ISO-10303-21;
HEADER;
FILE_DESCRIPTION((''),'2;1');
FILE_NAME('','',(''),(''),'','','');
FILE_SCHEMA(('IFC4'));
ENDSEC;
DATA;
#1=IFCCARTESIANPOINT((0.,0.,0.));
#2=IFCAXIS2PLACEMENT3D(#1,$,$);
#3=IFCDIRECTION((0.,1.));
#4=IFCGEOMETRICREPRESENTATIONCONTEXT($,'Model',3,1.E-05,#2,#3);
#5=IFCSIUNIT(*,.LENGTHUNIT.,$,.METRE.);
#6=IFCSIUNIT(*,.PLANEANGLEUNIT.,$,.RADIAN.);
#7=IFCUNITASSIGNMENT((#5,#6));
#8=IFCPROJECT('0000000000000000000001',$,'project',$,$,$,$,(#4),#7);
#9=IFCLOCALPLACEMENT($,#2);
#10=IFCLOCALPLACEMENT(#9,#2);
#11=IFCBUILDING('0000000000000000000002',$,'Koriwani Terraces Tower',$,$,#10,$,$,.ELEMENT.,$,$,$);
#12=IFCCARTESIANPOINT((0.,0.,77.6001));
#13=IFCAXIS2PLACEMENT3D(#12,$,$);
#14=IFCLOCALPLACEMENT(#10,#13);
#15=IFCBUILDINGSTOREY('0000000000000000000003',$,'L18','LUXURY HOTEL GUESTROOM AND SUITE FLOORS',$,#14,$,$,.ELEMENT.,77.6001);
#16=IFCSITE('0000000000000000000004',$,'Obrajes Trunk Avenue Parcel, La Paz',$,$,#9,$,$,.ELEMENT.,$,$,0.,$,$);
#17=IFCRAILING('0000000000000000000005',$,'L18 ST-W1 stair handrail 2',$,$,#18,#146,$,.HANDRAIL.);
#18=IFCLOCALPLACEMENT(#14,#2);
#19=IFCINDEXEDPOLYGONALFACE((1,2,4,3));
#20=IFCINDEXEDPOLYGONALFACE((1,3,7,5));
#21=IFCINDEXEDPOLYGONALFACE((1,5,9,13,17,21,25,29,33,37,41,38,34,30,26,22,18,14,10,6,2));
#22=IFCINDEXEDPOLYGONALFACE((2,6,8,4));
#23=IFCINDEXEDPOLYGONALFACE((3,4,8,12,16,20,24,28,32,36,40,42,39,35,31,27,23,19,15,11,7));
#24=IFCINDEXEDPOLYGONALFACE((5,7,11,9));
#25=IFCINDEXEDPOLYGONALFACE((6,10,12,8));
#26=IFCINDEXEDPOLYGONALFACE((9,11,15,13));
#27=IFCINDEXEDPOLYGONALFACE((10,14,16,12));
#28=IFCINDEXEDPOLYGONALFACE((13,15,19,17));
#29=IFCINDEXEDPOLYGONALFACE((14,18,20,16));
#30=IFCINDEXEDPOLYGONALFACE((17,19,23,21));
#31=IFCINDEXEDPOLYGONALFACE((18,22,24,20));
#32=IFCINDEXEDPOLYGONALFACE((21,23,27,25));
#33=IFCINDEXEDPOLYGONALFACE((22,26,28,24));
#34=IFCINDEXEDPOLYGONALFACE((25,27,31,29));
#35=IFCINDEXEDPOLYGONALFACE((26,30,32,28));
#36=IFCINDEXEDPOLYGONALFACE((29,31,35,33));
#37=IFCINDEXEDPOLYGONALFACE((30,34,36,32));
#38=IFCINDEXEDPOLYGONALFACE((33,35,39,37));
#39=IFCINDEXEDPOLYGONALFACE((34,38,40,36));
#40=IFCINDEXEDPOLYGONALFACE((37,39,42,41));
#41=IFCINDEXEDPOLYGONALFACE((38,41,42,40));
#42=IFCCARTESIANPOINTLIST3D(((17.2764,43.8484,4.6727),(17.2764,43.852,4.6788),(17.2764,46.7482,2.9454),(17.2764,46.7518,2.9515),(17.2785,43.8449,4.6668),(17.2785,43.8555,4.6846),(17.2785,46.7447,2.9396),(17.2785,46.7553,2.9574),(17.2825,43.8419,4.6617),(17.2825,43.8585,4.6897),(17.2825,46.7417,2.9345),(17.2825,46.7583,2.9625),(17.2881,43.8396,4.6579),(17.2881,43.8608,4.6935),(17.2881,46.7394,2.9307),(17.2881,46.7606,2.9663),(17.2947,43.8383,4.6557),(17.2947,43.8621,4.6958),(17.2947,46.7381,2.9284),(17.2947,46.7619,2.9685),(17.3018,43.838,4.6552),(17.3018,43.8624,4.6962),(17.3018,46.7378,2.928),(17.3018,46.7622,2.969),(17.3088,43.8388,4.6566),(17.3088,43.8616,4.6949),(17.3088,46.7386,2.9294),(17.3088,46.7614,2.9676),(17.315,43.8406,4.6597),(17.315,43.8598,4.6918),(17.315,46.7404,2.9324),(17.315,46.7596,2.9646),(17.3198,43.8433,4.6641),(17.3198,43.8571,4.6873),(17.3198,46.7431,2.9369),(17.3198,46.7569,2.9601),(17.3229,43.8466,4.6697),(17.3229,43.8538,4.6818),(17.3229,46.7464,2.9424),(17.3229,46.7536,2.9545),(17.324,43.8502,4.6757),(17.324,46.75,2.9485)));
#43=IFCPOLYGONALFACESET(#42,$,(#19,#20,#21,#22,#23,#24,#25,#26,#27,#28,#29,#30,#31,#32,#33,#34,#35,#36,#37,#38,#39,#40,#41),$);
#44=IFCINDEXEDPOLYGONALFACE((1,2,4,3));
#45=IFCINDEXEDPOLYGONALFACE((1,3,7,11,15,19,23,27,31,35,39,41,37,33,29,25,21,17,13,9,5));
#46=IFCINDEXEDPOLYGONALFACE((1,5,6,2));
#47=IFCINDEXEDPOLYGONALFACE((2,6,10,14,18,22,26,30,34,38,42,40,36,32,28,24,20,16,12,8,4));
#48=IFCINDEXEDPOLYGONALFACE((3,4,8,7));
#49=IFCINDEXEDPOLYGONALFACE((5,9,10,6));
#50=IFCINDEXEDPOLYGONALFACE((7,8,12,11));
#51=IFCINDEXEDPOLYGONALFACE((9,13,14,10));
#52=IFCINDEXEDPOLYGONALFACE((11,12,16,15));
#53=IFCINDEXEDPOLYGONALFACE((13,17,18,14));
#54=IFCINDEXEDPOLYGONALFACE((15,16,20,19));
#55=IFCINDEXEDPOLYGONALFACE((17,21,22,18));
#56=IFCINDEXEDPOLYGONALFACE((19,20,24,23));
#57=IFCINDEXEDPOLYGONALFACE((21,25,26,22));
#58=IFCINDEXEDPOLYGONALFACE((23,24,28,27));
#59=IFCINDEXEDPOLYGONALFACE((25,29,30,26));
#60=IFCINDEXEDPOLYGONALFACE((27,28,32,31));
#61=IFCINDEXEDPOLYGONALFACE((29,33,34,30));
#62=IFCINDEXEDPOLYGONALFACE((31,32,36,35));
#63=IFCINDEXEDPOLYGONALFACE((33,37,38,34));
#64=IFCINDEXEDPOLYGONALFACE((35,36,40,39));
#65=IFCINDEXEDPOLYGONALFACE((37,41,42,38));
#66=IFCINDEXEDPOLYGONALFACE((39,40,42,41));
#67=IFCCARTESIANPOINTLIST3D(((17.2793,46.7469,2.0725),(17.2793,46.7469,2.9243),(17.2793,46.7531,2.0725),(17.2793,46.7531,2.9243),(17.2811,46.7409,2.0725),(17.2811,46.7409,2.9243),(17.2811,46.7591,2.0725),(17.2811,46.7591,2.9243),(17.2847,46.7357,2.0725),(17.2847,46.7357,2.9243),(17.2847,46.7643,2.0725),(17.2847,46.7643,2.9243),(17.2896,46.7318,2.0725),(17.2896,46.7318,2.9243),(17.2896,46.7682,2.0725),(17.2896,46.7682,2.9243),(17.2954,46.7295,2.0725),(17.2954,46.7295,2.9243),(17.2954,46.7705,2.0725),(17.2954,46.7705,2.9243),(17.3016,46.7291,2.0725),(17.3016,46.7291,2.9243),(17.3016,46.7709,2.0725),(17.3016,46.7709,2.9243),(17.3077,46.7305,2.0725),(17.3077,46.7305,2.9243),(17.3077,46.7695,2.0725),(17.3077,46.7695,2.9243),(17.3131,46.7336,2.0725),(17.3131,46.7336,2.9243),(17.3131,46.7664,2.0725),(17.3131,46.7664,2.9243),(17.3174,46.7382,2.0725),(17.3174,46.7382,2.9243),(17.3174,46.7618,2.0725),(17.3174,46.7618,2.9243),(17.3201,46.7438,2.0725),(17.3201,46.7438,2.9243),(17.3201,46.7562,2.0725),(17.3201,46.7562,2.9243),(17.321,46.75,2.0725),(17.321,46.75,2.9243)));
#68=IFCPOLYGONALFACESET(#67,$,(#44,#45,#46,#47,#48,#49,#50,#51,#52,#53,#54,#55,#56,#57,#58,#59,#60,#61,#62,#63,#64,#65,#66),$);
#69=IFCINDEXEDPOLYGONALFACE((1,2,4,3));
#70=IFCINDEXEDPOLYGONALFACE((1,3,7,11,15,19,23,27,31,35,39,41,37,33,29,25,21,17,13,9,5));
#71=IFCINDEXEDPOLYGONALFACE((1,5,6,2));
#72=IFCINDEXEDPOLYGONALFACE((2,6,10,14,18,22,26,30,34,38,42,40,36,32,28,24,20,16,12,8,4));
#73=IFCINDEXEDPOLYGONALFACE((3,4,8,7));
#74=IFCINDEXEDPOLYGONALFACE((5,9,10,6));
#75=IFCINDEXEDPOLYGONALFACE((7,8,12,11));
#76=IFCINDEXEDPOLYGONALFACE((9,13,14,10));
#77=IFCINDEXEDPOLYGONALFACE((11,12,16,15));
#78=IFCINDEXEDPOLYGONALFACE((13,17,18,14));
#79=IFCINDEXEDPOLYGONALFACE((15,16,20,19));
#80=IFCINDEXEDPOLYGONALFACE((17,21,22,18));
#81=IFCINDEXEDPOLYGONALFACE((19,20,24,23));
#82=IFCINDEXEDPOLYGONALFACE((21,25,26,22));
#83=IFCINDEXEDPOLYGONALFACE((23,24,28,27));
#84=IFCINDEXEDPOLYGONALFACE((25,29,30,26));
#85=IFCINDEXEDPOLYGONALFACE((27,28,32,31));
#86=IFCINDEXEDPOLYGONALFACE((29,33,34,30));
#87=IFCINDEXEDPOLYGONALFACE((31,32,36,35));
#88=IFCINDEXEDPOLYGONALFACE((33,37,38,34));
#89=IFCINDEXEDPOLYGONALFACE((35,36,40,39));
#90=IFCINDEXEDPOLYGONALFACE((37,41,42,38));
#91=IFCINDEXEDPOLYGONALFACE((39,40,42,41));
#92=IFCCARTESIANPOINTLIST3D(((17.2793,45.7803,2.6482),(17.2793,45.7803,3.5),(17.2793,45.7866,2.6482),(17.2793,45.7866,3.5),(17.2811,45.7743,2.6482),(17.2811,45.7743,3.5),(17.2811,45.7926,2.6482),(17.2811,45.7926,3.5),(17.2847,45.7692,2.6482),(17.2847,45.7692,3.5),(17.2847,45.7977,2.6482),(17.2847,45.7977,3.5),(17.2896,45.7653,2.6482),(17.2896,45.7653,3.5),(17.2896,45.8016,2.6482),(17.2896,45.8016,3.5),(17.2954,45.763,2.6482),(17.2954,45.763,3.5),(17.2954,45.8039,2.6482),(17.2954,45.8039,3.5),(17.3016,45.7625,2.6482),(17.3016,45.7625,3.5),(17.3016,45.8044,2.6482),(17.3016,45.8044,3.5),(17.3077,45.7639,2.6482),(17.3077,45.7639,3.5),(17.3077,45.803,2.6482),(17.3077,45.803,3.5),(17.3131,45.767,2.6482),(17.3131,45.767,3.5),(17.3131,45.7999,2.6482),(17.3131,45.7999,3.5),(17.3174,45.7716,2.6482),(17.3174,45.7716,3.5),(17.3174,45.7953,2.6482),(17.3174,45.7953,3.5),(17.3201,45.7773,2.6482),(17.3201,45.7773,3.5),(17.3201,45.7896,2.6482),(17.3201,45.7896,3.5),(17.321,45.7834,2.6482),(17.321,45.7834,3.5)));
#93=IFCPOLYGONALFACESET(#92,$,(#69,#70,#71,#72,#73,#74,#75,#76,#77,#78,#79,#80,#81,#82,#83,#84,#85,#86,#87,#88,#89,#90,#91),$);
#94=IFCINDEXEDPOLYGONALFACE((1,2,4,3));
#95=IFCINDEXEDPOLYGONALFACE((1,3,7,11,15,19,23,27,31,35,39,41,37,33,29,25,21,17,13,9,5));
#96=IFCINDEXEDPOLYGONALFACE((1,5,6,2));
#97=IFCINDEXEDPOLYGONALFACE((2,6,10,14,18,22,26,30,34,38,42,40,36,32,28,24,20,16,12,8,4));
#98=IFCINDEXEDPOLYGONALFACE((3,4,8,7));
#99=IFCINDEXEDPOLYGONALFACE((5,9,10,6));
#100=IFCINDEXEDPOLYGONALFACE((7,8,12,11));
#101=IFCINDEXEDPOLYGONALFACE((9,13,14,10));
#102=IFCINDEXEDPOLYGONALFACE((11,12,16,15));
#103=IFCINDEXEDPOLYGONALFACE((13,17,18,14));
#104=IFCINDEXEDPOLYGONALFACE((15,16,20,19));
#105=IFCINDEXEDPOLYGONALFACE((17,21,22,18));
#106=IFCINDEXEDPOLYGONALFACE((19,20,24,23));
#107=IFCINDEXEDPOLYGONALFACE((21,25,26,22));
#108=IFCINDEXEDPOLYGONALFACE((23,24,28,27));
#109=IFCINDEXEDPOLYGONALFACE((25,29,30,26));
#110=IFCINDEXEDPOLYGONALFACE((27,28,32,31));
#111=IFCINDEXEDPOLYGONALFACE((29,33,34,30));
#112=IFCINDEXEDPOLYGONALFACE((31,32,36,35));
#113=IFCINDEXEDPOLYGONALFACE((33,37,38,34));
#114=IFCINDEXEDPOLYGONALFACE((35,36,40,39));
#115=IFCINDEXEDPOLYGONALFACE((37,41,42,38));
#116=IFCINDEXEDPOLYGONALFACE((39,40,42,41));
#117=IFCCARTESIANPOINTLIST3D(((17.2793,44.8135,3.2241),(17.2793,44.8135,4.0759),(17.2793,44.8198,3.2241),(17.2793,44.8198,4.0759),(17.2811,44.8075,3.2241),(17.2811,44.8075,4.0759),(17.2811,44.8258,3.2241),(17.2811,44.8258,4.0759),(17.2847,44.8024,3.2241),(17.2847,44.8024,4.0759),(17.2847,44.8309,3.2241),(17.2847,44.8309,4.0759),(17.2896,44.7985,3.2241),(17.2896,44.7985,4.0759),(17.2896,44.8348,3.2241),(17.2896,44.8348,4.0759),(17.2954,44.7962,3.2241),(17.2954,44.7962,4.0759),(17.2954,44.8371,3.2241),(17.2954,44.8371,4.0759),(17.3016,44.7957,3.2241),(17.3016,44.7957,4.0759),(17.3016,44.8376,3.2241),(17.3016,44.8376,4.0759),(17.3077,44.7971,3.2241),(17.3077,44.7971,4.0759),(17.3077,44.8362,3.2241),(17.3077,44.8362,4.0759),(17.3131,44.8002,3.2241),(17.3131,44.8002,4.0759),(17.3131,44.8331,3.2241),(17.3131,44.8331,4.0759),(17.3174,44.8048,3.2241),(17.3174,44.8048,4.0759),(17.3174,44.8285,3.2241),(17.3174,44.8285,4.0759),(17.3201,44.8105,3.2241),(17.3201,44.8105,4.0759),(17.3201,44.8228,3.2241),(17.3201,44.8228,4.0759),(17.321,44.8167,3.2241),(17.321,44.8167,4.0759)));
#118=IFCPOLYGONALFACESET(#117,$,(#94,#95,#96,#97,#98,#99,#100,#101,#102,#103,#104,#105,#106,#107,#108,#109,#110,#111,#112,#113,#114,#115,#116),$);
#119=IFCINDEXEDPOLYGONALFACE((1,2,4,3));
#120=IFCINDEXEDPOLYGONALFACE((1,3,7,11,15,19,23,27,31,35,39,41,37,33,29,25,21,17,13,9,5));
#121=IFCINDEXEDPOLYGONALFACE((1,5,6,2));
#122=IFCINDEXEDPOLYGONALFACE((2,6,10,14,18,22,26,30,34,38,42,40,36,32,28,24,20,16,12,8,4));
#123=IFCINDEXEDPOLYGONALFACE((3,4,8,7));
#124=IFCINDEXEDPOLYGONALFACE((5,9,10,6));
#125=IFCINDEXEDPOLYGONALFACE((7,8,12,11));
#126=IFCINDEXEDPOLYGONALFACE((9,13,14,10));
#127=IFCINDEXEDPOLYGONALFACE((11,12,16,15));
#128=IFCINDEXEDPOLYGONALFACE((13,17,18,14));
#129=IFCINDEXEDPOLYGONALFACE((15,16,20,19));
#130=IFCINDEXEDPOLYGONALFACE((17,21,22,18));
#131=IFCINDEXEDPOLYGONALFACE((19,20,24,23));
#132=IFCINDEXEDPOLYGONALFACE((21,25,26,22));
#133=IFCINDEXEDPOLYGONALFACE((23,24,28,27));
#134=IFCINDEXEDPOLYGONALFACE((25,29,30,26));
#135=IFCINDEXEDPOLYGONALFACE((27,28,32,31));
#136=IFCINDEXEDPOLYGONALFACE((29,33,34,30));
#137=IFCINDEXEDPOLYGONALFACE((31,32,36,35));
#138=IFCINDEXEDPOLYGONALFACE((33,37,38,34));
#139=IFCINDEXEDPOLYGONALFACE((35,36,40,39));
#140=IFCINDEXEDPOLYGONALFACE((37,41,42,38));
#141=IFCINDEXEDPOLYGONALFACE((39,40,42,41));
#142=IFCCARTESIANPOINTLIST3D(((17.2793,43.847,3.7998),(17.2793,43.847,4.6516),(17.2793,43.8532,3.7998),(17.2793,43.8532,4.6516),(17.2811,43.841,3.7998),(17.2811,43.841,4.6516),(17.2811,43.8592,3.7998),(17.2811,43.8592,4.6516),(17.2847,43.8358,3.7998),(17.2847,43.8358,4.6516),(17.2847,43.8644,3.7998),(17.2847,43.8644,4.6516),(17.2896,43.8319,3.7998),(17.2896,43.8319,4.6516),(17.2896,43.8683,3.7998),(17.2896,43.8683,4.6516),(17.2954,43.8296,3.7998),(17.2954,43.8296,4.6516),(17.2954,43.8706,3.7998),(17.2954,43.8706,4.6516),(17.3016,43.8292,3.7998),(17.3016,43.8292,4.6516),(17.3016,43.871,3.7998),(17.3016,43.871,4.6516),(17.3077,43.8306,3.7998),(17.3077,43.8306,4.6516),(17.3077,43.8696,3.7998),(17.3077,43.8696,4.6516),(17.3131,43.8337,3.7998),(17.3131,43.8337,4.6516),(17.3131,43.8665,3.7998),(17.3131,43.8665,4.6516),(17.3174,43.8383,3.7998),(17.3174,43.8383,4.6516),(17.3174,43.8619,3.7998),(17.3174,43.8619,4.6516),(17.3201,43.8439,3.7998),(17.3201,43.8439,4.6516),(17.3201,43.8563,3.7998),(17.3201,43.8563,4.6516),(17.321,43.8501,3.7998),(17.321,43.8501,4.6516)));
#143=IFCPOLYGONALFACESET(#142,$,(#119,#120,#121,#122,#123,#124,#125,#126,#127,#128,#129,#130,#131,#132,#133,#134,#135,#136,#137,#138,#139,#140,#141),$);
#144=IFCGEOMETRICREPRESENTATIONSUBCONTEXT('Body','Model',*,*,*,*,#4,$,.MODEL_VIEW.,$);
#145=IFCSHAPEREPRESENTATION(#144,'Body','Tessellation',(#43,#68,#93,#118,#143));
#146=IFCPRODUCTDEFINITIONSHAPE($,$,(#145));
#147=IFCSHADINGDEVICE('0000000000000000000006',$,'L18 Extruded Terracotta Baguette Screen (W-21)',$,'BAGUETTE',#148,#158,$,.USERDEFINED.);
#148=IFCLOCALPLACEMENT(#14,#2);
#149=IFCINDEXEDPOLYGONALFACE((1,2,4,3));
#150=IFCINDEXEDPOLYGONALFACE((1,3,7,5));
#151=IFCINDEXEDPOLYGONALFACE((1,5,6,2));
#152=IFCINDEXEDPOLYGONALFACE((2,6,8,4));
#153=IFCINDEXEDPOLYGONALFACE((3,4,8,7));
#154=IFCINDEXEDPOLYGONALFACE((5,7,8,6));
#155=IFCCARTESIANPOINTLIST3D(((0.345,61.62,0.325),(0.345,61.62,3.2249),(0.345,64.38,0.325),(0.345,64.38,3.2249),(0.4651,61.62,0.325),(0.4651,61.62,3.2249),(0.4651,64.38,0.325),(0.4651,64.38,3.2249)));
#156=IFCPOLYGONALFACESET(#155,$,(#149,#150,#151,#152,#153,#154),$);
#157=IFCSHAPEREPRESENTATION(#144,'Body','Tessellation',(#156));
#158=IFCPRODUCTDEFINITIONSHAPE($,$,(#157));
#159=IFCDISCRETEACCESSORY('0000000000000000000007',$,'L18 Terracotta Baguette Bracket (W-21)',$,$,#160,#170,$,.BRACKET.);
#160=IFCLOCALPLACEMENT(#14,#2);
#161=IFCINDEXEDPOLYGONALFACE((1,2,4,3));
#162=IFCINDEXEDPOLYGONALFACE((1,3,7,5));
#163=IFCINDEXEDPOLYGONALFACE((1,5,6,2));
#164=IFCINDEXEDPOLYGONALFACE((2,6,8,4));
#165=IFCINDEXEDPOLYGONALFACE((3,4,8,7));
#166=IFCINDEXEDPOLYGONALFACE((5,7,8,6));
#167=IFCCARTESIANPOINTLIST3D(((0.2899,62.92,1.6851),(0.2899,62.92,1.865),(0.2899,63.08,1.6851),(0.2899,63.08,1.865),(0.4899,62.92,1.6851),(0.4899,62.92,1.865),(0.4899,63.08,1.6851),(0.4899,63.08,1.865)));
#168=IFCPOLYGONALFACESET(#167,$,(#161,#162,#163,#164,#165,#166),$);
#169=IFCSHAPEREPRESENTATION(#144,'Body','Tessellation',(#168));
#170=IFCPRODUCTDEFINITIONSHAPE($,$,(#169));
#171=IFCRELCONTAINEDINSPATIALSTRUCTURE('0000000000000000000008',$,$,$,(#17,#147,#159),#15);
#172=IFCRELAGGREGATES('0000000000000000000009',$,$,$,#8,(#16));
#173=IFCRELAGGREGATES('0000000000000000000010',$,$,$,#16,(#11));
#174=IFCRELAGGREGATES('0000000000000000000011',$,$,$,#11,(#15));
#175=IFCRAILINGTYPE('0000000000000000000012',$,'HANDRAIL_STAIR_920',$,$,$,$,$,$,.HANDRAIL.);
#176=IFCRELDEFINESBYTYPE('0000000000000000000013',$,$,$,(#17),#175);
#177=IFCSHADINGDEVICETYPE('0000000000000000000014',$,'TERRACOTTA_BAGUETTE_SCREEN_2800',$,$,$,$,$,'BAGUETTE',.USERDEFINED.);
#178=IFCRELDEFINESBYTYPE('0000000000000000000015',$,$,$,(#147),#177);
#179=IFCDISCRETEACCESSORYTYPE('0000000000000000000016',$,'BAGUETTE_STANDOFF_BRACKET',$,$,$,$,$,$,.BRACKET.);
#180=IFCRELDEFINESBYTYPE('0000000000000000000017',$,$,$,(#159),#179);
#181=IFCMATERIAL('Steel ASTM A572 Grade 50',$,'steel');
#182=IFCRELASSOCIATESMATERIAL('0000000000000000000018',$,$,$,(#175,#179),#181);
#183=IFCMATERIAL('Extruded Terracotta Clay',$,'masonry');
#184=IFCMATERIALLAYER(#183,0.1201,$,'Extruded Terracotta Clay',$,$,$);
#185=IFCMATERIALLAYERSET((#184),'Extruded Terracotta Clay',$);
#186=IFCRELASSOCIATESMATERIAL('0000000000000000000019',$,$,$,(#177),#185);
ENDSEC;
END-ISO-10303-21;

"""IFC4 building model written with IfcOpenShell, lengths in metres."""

from ifc_helpers import new_model, si_unit, direction, frame, origin, origin_2d, place, context, subcontext, project, spatial, rectangle, circle, extrude, material, layer, layer_set, type_object, element, save


model = new_model("IFC4")

# Units and contexts
model_context = context("Model", 3, precision=1e-05, world=origin(), true_north=direction((0.0, 1.0)))
body_context = subcontext(model_context, "Body", "Model", "MODEL_VIEW")
ifc_project = project(units=[si_unit("LENGTHUNIT", "METRE"), si_unit("PLANEANGLEUNIT", "RADIAN")], contexts=[model_context])

# Site, building, storey
site_placement = place(None, origin())
site = spatial("IfcSite", under=ifc_project, at=site_placement, Name="Obrajes Trunk Avenue Parcel, La Paz", CompositionType="ELEMENT", RefElevation=0.0)
building_placement = place(site_placement, origin())
building = spatial("IfcBuilding", under=site, at=building_placement, Name="Koriwani Terraces Tower", CompositionType="ELEMENT")
storey_placement = place(building_placement, frame((0.0, 0.0, 77.6001)))
storey = spatial("IfcBuildingStorey", under=building, at=storey_placement, Name="L18", Description="LUXURY HOTEL GUESTROOM AND SUITE FLOORS", CompositionType="ELEMENT", Elevation=77.6001)

# Shared definitions
ifc_material_1 = material(Name="Steel ASTM A572 Grade 50", Category="steel")

# Railing
railing_type = type_object("IfcRailingType", Name="HANDRAIL_STAIR_920", PredefinedType="HANDRAIL", material=ifc_material_1)
railing_placement = place(storey_placement, frame((17.3, 46.75, 2.0725)))
element("IfcRailing", 1, at=railing_placement, inside=storey, type_object=railing_type, Name="L18 ST-W1 stair handrail 2", PredefinedType="HANDRAIL", context=body_context, shape_type="SweptSolid", body=[
    extrude(circle(Radius=0.0239, at=origin_2d()), frame((0.0, 0.0, 0.876), z_axis=(0.0, -0.859141, 0.511738), x_axis=(1.0, 0.0, 0.0)), (0.0, 0.0, 1.0), 3.3752),
    extrude(circle(Radius=0.021, at=origin_2d()), origin(), (0.0, 0.0, 1.0), 0.8518),
    extrude(circle(Radius=0.021, at=origin_2d()), frame((0.0, -0.9666, 0.5757)), (0.0, 0.0, 1.0), 0.8518),
    extrude(circle(Radius=0.021, at=origin_2d()), frame((0.0, -1.9333, 1.1516)), (0.0, 0.0, 1.0), 0.8518),
    extrude(circle(Radius=0.021, at=origin_2d()), frame((0.0, -2.8999, 1.7273)), (0.0, 0.0, 1.0), 0.8518),
])

# Shading device
ifc_material_2 = material(Name="Extruded Terracotta Clay", Category="masonry")
ifc_layer_1 = layer(ifc_material_2, 0.1201, Name="Extruded Terracotta Clay")
ifc_layer_set_1 = layer_set([ifc_layer_1], Name="Extruded Terracotta Clay")
shading_device_type = type_object("IfcShadingDeviceType", Name="TERRACOTTA_BAGUETTE_SCREEN_2800", ElementType="BAGUETTE", PredefinedType="USERDEFINED", material=ifc_layer_set_1)
shading_device_placement = place(storey_placement, frame((0.405, 63.0, 0.325), z_axis=(0.0, 0.0, 1.0), x_axis=(0.0, 1.0, 0.0)))
element("IfcShadingDevice", 2, at=shading_device_placement, inside=storey, type_object=shading_device_type, Name="L18 Extruded Terracotta Baguette Screen (W-21)", ObjectType="BAGUETTE", PredefinedType="USERDEFINED", context=body_context, shape_type="SweptSolid", body=[
    extrude(rectangle(XDim=2.76, YDim=0.1201, at=origin_2d()), origin(), (0.0, 0.0, 1.0), 2.8999),
])

# Discrete accessory
discrete_accessory_type = type_object("IfcDiscreteAccessoryType", Name="BAGUETTE_STANDOFF_BRACKET", PredefinedType="BRACKET", material=ifc_material_1)
discrete_accessory_placement = place(storey_placement, frame((0.3899, 63.0, 1.6851), z_axis=(0.0, 0.0, 1.0), x_axis=(0.0, 1.0, 0.0)))
element("IfcDiscreteAccessory", 3, at=discrete_accessory_placement, inside=storey, type_object=discrete_accessory_type, Name="L18 Terracotta Baguette Bracket (W-21)", PredefinedType="BRACKET", context=body_context, shape_type="SweptSolid", body=[
    extrude(rectangle(XDim=0.1599, YDim=0.2, at=origin_2d()), origin(), (0.0, 0.0, 1.0), 0.1799),
])

save(model, "model.ifc")
